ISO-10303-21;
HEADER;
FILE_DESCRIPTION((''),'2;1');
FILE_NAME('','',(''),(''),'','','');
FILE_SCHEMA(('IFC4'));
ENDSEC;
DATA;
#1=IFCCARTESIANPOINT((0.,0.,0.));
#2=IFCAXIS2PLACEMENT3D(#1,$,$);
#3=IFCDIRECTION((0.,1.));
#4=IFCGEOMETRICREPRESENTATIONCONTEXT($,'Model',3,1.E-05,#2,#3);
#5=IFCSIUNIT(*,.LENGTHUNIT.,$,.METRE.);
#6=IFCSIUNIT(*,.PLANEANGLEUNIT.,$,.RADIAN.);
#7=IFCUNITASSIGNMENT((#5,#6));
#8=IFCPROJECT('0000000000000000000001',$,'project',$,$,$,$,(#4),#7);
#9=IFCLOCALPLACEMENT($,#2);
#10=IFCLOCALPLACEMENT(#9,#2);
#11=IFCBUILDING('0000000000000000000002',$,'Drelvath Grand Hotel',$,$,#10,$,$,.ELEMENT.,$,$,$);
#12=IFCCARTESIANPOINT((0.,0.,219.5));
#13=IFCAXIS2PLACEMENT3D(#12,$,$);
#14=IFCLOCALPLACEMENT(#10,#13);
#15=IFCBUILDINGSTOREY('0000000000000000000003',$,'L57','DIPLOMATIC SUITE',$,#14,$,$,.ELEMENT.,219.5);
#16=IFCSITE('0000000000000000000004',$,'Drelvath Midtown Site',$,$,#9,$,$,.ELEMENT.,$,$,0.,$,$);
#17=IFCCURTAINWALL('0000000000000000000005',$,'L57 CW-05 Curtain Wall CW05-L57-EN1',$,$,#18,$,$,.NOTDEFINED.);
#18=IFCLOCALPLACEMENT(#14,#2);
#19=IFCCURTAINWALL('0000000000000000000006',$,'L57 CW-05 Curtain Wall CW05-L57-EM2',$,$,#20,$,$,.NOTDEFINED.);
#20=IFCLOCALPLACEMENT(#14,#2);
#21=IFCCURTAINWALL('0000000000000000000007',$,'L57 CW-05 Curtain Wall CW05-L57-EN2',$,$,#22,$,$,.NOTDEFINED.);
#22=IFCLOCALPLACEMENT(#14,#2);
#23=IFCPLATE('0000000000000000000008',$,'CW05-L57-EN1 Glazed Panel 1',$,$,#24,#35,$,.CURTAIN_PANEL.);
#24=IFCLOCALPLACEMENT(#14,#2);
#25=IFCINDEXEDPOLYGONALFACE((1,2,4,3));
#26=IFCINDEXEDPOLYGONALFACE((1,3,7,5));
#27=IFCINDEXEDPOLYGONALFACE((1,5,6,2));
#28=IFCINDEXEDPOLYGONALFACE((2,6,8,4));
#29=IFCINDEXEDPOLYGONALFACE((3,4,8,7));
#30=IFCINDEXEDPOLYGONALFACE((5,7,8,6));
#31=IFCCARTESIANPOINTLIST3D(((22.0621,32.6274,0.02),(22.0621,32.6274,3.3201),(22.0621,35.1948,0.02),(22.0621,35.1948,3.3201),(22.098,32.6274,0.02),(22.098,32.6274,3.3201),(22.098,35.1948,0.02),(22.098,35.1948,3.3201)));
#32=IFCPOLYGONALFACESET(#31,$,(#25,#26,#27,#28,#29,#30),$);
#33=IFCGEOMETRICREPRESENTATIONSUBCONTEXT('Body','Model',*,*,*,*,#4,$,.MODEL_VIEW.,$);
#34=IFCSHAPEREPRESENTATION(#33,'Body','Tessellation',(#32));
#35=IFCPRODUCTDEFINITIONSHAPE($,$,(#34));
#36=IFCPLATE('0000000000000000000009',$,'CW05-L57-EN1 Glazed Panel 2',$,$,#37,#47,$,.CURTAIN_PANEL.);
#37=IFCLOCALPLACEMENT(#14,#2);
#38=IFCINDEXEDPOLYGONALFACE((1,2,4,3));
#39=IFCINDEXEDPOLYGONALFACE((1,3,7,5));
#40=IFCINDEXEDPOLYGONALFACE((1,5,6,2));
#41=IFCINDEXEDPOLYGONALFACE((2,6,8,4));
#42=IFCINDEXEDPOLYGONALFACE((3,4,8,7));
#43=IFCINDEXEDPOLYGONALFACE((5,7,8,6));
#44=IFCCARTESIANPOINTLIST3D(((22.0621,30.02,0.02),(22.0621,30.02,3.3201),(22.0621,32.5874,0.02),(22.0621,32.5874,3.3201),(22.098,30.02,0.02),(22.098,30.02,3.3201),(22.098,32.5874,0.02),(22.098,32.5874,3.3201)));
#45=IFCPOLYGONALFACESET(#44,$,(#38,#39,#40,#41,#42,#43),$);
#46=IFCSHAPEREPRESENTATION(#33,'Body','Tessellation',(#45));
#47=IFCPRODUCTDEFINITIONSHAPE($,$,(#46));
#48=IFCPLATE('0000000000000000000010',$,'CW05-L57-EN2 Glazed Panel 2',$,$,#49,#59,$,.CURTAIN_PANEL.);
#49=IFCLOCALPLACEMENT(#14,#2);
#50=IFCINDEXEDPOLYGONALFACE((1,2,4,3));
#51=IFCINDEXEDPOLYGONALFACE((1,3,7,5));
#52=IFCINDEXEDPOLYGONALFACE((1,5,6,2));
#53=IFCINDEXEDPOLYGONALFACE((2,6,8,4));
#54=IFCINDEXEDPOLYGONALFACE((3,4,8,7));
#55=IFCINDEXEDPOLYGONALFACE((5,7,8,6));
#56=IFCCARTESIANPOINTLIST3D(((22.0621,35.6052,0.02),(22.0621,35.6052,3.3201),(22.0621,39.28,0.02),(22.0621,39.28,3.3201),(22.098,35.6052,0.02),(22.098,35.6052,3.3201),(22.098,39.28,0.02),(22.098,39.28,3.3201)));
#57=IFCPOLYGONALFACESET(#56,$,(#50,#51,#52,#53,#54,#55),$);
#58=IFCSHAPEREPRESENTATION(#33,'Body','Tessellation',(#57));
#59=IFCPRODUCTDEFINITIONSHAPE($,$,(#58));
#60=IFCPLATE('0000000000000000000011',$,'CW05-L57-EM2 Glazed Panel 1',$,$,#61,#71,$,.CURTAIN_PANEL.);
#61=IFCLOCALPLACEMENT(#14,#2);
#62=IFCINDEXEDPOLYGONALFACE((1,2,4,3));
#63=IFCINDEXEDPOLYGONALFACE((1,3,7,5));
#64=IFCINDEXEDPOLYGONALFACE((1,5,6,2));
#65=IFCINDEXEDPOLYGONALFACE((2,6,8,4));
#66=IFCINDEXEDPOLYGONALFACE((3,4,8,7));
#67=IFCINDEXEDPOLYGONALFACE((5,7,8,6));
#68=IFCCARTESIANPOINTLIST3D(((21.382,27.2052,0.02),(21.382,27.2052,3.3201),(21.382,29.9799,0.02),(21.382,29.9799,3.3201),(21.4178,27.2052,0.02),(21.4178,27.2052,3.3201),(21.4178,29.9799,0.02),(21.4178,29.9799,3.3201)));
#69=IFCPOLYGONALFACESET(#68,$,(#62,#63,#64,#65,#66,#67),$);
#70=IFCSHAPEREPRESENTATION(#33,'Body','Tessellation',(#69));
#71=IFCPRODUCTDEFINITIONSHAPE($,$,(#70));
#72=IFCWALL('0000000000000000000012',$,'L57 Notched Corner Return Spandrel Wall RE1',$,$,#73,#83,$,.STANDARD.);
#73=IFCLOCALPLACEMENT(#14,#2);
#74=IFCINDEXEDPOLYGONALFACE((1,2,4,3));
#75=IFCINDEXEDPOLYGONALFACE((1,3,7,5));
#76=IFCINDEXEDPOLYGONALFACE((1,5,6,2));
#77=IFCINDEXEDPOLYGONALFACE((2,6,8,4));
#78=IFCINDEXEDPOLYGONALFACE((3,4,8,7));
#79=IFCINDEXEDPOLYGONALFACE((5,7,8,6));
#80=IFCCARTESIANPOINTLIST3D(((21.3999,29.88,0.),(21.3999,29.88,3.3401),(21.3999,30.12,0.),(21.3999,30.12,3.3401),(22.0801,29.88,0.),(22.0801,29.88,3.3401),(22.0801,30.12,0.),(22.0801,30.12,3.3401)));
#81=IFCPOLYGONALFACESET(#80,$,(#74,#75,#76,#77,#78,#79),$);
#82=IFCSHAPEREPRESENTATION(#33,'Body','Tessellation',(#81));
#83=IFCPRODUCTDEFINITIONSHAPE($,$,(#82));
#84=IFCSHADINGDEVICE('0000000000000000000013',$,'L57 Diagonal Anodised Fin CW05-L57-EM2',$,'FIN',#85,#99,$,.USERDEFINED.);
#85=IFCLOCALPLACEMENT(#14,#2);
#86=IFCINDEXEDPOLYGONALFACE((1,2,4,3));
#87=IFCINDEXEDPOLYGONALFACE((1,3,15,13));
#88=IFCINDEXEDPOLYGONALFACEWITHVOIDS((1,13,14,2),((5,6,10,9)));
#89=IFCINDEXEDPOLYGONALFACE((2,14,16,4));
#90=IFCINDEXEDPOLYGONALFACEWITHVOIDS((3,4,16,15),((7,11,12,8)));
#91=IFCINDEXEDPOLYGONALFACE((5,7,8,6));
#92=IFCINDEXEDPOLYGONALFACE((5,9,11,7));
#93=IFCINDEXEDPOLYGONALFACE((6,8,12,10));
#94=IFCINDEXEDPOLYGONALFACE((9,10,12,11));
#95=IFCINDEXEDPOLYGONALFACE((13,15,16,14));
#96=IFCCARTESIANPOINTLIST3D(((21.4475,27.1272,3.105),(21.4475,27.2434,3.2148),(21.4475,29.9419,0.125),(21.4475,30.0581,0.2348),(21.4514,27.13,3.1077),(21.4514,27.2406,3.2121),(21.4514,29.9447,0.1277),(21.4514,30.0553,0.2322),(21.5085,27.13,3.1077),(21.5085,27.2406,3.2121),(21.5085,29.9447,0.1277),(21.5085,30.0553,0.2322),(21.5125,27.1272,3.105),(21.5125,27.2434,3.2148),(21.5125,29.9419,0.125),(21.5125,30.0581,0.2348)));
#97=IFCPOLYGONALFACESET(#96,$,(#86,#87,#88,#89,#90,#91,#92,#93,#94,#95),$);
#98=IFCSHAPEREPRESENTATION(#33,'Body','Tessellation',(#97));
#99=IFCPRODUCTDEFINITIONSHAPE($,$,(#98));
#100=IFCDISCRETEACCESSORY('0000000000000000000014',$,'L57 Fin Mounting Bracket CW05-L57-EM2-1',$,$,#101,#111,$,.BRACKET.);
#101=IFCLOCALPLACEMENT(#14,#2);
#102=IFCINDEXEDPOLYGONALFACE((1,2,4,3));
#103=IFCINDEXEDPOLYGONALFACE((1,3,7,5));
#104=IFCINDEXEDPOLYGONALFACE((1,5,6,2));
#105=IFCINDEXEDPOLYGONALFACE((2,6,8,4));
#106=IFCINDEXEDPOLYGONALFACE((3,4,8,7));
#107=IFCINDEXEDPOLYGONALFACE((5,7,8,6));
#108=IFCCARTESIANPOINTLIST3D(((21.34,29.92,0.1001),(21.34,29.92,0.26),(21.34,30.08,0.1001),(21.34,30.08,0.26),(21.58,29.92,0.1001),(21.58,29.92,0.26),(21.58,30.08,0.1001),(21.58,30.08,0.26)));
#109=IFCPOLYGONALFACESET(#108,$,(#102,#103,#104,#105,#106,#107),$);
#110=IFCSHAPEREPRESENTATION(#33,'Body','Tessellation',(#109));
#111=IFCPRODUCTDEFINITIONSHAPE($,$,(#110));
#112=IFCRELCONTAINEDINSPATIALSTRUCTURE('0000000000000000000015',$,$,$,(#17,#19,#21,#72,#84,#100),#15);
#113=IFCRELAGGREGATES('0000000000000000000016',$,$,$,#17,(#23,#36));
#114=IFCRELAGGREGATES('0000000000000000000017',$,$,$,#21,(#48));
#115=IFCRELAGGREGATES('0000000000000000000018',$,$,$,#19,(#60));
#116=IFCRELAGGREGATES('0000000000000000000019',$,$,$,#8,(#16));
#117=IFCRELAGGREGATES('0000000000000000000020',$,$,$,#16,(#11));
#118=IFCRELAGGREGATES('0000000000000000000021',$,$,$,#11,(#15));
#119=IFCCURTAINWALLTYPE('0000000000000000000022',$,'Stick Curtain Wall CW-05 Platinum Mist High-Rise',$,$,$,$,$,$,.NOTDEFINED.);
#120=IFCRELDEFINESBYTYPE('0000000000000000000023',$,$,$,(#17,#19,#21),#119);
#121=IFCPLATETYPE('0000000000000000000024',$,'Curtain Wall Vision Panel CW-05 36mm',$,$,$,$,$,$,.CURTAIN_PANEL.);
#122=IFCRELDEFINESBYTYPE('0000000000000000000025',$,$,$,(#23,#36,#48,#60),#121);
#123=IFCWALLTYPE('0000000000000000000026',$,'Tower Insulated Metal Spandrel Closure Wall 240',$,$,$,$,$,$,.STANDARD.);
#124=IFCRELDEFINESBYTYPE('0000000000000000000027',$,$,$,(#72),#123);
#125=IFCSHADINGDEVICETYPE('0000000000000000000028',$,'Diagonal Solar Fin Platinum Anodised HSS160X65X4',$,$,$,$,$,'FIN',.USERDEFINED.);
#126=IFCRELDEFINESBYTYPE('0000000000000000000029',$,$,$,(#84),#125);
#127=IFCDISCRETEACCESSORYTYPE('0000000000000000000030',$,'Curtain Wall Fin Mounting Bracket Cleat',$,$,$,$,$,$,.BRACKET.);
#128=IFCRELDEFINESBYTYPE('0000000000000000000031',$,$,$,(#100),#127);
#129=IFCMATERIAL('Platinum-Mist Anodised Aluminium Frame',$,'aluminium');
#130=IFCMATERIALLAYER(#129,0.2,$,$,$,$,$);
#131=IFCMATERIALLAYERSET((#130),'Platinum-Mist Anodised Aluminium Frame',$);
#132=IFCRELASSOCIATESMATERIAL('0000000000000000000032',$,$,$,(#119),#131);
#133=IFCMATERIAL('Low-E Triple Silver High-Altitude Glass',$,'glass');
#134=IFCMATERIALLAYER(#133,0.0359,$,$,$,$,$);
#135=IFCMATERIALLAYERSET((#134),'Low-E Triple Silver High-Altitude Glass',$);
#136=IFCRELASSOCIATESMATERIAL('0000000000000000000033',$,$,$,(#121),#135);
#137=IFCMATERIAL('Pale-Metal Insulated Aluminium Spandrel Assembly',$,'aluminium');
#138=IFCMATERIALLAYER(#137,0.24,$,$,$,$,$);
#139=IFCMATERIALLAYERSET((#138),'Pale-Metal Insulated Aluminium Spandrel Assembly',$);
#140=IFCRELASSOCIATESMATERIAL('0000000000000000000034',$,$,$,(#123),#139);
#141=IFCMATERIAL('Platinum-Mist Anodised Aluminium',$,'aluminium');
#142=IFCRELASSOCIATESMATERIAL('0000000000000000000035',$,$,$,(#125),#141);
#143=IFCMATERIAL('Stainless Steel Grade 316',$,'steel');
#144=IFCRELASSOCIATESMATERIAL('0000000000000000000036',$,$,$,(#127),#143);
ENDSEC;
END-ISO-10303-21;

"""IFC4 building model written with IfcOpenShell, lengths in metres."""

from ifc_helpers import new_model, si_unit, direction, frame, frame_2d, origin, origin_2d, place, context, subcontext, project, spatial, rectangle, hollow_rectangle, extrude, material, layer, layer_set, material_profile, profile_set, type_object, element, aggregate, save


model = new_model("IFC4")

# Units and contexts
model_context = context("Model", 3, precision=1e-05, world=origin(), true_north=direction((0.0, 1.0)))
body_context = subcontext(model_context, "Body", "Model", "MODEL_VIEW")
ifc_project = project(units=[si_unit("LENGTHUNIT", "METRE"), si_unit("PLANEANGLEUNIT", "RADIAN")], contexts=[model_context])

# Site, building, storey
site_placement = place(None, origin())
site = spatial("IfcSite", under=ifc_project, at=site_placement, Name="Drelvath Midtown Site", CompositionType="ELEMENT", RefElevation=0.0)
building_placement = place(site_placement, origin())
building = spatial("IfcBuilding", under=site, at=building_placement, Name="Drelvath Grand Hotel", CompositionType="ELEMENT")
storey_placement = place(building_placement, frame((0.0, 0.0, 219.5)))
storey = spatial("IfcBuildingStorey", under=building, at=storey_placement, Name="L57", Description="DIPLOMATIC SUITE", CompositionType="ELEMENT", Elevation=219.5)

# Curtain walls
ifc_material_1 = material(Name="Platinum-Mist Anodised Aluminium Frame", Category="aluminium")
ifc_layer_1 = layer(ifc_material_1, 0.2)
ifc_layer_set_1 = layer_set([ifc_layer_1], Name="Platinum-Mist Anodised Aluminium Frame")
curtain_wall_type = type_object("IfcCurtainWallType", Name="Stick Curtain Wall CW-05 Platinum Mist High-Rise", PredefinedType="NOTDEFINED", material=ifc_layer_set_1)
curtain_wall_1_placement = place(storey_placement, origin())
curtain_wall_1 = element("IfcCurtainWall", 1, at=curtain_wall_1_placement, inside=storey, type_object=curtain_wall_type, Name="L57 CW-05 Curtain Wall CW05-L57-EN1", PredefinedType="NOTDEFINED")
curtain_wall_2_placement = place(storey_placement, origin())
curtain_wall_2 = element("IfcCurtainWall", 2, at=curtain_wall_2_placement, inside=storey, type_object=curtain_wall_type, Name="L57 CW-05 Curtain Wall CW05-L57-EM2", PredefinedType="NOTDEFINED")

# Curtain wall
curtain_wall_3_placement = place(storey_placement, origin())
curtain_wall_3 = element("IfcCurtainWall", 3, at=curtain_wall_3_placement, inside=storey, type_object=curtain_wall_type, Name="L57 CW-05 Curtain Wall CW05-L57-EN2", PredefinedType="NOTDEFINED")

# Plates
ifc_material_2 = material(Name="Low-E Triple Silver High-Altitude Glass", Category="glass")
ifc_layer_2 = layer(ifc_material_2, 0.0359)
ifc_layer_set_2 = layer_set([ifc_layer_2], Name="Low-E Triple Silver High-Altitude Glass")
plate_type = type_object("IfcPlateType", Name="Curtain Wall Vision Panel CW-05 36mm", PredefinedType="CURTAIN_PANEL", material=ifc_layer_set_2)
plate_1_placement = place(storey_placement, frame((22.0801, 33.9111, 0.02), z_axis=(0.0, 0.0, 1.0), x_axis=(0.0, -1.0, 0.0)))
plate_1 = element("IfcPlate", 4, at=plate_1_placement, type_object=plate_type, Name="CW05-L57-EN1 Glazed Panel 1", PredefinedType="CURTAIN_PANEL", context=body_context, shape_type="SweptSolid", body=[
    extrude(rectangle(XDim=2.5674, YDim=0.0359, at=origin_2d()), origin(), (0.0, 0.0, 1.0), 3.3),
])
plate_2_placement = place(storey_placement, frame((22.0801, 31.3037, 0.02), z_axis=(0.0, 0.0, 1.0), x_axis=(0.0, -1.0, 0.0)))
plate_2 = element("IfcPlate", 5, at=plate_2_placement, type_object=plate_type, Name="CW05-L57-EN1 Glazed Panel 2", PredefinedType="CURTAIN_PANEL", context=body_context, shape_type="SweptSolid", body=[
    extrude(rectangle(XDim=2.5674, YDim=0.0359, at=origin_2d()), origin(), (0.0, 0.0, 1.0), 3.3),
])
aggregate(curtain_wall_1, [plate_1, plate_2])
plate_3_placement = place(storey_placement, frame((22.0801, 37.4426, 0.02), z_axis=(0.0, 0.0, 1.0), x_axis=(0.0, -1.0, 0.0)))
plate_3 = element("IfcPlate", 6, at=plate_3_placement, type_object=plate_type, Name="CW05-L57-EN2 Glazed Panel 2", PredefinedType="CURTAIN_PANEL", context=body_context, shape_type="SweptSolid", body=[
    extrude(rectangle(XDim=3.6748, YDim=0.0359, at=origin_2d()), origin(), (0.0, 0.0, 1.0), 3.3),
])
aggregate(curtain_wall_3, [plate_3])
plate_4_placement = place(storey_placement, frame((21.3999, 28.5925, 0.02), z_axis=(0.0, 0.0, 1.0), x_axis=(0.0, -1.0, 0.0)))
plate_4 = element("IfcPlate", 7, at=plate_4_placement, type_object=plate_type, Name="CW05-L57-EM2 Glazed Panel 1", PredefinedType="CURTAIN_PANEL", context=body_context, shape_type="SweptSolid", body=[
    extrude(rectangle(XDim=2.7747, YDim=0.0359, at=origin_2d()), origin(), (0.0, 0.0, 1.0), 3.3),
])
aggregate(curtain_wall_2, [plate_4])

# Wall
ifc_material_3 = material(Name="Pale-Metal Insulated Aluminium Spandrel Assembly", Category="aluminium")
ifc_layer_3 = layer(ifc_material_3, 0.24)
ifc_layer_set_3 = layer_set([ifc_layer_3], Name="Pale-Metal Insulated Aluminium Spandrel Assembly")
wall_type = type_object("IfcWallType", Name="Tower Insulated Metal Spandrel Closure Wall 240", PredefinedType="STANDARD", material=ifc_layer_set_3)
wall_placement = place(storey_placement, frame((22.0801, 30.0, 0.0), z_axis=(0.0, 0.0, 1.0), x_axis=(-1.0, 0.0, 0.0)))
element("IfcWall", 8, at=wall_placement, inside=storey, type_object=wall_type, Name="L57 Notched Corner Return Spandrel Wall RE1", PredefinedType="STANDARD", context=body_context, shape_type="SweptSolid", body=[
    extrude(rectangle(XDim=0.6802, YDim=0.24, at=frame_2d((0.3401, 0.0))), origin(), (0.0, 0.0, 1.0), 3.3401),
])

# Shading device
ifc_material_4 = material(Name="Platinum-Mist Anodised Aluminium", Category="aluminium")
ifc_material_profile_1 = material_profile(ifc_material_4, hollow_rectangle(XDim=0.0649, YDim=0.1599, WallThickness=0.0039, at=origin_2d()), Name="HSS160X65X4")
ifc_profile_set_1 = profile_set([ifc_material_profile_1], Name="Platinum-Mist Anodised Aluminium")
shading_device_type = type_object("IfcShadingDeviceType", Name="Diagonal Solar Fin Platinum Anodised HSS160X65X4", ElementType="FIN", PredefinedType="USERDEFINED", material=ifc_profile_set_1)
shading_device_placement = place(storey_placement, frame((21.48, 30.0, 0.1799), z_axis=(0.0, -0.686659, 0.72698), x_axis=(1.0, 0.0, 0.0)))
element("IfcShadingDevice", 9, at=shading_device_placement, inside=storey, type_object=shading_device_type, Name="L57 Diagonal Anodised Fin CW05-L57-EM2", ObjectType="FIN", PredefinedType="USERDEFINED", context=body_context, shape_type="SweptSolid", body=[
    extrude(hollow_rectangle(XDim=0.0649, YDim=0.1599, WallThickness=0.0039, at=origin_2d()), origin(), (0.0, 0.0, 1.0), 4.0991),
])

# Discrete accessory
ifc_material_5 = material(Name="Stainless Steel Grade 316", Category="steel")
discrete_accessory_type = type_object("IfcDiscreteAccessoryType", Name="Curtain Wall Fin Mounting Bracket Cleat", PredefinedType="BRACKET", material=ifc_material_5)
discrete_accessory_placement = place(storey_placement, frame((21.46, 30.0, 0.1001), z_axis=(0.0, 0.0, 1.0), x_axis=(0.0, -1.0, 0.0)))
element("IfcDiscreteAccessory", 10, at=discrete_accessory_placement, inside=storey, type_object=discrete_accessory_type, Name="L57 Fin Mounting Bracket CW05-L57-EM2-1", PredefinedType="BRACKET", context=body_context, shape_type="SweptSolid", body=[
    extrude(rectangle(XDim=0.1599, YDim=0.24, at=origin_2d()), origin(), (0.0, 0.0, 1.0), 0.1599),
])

save(model, "model.ifc")
